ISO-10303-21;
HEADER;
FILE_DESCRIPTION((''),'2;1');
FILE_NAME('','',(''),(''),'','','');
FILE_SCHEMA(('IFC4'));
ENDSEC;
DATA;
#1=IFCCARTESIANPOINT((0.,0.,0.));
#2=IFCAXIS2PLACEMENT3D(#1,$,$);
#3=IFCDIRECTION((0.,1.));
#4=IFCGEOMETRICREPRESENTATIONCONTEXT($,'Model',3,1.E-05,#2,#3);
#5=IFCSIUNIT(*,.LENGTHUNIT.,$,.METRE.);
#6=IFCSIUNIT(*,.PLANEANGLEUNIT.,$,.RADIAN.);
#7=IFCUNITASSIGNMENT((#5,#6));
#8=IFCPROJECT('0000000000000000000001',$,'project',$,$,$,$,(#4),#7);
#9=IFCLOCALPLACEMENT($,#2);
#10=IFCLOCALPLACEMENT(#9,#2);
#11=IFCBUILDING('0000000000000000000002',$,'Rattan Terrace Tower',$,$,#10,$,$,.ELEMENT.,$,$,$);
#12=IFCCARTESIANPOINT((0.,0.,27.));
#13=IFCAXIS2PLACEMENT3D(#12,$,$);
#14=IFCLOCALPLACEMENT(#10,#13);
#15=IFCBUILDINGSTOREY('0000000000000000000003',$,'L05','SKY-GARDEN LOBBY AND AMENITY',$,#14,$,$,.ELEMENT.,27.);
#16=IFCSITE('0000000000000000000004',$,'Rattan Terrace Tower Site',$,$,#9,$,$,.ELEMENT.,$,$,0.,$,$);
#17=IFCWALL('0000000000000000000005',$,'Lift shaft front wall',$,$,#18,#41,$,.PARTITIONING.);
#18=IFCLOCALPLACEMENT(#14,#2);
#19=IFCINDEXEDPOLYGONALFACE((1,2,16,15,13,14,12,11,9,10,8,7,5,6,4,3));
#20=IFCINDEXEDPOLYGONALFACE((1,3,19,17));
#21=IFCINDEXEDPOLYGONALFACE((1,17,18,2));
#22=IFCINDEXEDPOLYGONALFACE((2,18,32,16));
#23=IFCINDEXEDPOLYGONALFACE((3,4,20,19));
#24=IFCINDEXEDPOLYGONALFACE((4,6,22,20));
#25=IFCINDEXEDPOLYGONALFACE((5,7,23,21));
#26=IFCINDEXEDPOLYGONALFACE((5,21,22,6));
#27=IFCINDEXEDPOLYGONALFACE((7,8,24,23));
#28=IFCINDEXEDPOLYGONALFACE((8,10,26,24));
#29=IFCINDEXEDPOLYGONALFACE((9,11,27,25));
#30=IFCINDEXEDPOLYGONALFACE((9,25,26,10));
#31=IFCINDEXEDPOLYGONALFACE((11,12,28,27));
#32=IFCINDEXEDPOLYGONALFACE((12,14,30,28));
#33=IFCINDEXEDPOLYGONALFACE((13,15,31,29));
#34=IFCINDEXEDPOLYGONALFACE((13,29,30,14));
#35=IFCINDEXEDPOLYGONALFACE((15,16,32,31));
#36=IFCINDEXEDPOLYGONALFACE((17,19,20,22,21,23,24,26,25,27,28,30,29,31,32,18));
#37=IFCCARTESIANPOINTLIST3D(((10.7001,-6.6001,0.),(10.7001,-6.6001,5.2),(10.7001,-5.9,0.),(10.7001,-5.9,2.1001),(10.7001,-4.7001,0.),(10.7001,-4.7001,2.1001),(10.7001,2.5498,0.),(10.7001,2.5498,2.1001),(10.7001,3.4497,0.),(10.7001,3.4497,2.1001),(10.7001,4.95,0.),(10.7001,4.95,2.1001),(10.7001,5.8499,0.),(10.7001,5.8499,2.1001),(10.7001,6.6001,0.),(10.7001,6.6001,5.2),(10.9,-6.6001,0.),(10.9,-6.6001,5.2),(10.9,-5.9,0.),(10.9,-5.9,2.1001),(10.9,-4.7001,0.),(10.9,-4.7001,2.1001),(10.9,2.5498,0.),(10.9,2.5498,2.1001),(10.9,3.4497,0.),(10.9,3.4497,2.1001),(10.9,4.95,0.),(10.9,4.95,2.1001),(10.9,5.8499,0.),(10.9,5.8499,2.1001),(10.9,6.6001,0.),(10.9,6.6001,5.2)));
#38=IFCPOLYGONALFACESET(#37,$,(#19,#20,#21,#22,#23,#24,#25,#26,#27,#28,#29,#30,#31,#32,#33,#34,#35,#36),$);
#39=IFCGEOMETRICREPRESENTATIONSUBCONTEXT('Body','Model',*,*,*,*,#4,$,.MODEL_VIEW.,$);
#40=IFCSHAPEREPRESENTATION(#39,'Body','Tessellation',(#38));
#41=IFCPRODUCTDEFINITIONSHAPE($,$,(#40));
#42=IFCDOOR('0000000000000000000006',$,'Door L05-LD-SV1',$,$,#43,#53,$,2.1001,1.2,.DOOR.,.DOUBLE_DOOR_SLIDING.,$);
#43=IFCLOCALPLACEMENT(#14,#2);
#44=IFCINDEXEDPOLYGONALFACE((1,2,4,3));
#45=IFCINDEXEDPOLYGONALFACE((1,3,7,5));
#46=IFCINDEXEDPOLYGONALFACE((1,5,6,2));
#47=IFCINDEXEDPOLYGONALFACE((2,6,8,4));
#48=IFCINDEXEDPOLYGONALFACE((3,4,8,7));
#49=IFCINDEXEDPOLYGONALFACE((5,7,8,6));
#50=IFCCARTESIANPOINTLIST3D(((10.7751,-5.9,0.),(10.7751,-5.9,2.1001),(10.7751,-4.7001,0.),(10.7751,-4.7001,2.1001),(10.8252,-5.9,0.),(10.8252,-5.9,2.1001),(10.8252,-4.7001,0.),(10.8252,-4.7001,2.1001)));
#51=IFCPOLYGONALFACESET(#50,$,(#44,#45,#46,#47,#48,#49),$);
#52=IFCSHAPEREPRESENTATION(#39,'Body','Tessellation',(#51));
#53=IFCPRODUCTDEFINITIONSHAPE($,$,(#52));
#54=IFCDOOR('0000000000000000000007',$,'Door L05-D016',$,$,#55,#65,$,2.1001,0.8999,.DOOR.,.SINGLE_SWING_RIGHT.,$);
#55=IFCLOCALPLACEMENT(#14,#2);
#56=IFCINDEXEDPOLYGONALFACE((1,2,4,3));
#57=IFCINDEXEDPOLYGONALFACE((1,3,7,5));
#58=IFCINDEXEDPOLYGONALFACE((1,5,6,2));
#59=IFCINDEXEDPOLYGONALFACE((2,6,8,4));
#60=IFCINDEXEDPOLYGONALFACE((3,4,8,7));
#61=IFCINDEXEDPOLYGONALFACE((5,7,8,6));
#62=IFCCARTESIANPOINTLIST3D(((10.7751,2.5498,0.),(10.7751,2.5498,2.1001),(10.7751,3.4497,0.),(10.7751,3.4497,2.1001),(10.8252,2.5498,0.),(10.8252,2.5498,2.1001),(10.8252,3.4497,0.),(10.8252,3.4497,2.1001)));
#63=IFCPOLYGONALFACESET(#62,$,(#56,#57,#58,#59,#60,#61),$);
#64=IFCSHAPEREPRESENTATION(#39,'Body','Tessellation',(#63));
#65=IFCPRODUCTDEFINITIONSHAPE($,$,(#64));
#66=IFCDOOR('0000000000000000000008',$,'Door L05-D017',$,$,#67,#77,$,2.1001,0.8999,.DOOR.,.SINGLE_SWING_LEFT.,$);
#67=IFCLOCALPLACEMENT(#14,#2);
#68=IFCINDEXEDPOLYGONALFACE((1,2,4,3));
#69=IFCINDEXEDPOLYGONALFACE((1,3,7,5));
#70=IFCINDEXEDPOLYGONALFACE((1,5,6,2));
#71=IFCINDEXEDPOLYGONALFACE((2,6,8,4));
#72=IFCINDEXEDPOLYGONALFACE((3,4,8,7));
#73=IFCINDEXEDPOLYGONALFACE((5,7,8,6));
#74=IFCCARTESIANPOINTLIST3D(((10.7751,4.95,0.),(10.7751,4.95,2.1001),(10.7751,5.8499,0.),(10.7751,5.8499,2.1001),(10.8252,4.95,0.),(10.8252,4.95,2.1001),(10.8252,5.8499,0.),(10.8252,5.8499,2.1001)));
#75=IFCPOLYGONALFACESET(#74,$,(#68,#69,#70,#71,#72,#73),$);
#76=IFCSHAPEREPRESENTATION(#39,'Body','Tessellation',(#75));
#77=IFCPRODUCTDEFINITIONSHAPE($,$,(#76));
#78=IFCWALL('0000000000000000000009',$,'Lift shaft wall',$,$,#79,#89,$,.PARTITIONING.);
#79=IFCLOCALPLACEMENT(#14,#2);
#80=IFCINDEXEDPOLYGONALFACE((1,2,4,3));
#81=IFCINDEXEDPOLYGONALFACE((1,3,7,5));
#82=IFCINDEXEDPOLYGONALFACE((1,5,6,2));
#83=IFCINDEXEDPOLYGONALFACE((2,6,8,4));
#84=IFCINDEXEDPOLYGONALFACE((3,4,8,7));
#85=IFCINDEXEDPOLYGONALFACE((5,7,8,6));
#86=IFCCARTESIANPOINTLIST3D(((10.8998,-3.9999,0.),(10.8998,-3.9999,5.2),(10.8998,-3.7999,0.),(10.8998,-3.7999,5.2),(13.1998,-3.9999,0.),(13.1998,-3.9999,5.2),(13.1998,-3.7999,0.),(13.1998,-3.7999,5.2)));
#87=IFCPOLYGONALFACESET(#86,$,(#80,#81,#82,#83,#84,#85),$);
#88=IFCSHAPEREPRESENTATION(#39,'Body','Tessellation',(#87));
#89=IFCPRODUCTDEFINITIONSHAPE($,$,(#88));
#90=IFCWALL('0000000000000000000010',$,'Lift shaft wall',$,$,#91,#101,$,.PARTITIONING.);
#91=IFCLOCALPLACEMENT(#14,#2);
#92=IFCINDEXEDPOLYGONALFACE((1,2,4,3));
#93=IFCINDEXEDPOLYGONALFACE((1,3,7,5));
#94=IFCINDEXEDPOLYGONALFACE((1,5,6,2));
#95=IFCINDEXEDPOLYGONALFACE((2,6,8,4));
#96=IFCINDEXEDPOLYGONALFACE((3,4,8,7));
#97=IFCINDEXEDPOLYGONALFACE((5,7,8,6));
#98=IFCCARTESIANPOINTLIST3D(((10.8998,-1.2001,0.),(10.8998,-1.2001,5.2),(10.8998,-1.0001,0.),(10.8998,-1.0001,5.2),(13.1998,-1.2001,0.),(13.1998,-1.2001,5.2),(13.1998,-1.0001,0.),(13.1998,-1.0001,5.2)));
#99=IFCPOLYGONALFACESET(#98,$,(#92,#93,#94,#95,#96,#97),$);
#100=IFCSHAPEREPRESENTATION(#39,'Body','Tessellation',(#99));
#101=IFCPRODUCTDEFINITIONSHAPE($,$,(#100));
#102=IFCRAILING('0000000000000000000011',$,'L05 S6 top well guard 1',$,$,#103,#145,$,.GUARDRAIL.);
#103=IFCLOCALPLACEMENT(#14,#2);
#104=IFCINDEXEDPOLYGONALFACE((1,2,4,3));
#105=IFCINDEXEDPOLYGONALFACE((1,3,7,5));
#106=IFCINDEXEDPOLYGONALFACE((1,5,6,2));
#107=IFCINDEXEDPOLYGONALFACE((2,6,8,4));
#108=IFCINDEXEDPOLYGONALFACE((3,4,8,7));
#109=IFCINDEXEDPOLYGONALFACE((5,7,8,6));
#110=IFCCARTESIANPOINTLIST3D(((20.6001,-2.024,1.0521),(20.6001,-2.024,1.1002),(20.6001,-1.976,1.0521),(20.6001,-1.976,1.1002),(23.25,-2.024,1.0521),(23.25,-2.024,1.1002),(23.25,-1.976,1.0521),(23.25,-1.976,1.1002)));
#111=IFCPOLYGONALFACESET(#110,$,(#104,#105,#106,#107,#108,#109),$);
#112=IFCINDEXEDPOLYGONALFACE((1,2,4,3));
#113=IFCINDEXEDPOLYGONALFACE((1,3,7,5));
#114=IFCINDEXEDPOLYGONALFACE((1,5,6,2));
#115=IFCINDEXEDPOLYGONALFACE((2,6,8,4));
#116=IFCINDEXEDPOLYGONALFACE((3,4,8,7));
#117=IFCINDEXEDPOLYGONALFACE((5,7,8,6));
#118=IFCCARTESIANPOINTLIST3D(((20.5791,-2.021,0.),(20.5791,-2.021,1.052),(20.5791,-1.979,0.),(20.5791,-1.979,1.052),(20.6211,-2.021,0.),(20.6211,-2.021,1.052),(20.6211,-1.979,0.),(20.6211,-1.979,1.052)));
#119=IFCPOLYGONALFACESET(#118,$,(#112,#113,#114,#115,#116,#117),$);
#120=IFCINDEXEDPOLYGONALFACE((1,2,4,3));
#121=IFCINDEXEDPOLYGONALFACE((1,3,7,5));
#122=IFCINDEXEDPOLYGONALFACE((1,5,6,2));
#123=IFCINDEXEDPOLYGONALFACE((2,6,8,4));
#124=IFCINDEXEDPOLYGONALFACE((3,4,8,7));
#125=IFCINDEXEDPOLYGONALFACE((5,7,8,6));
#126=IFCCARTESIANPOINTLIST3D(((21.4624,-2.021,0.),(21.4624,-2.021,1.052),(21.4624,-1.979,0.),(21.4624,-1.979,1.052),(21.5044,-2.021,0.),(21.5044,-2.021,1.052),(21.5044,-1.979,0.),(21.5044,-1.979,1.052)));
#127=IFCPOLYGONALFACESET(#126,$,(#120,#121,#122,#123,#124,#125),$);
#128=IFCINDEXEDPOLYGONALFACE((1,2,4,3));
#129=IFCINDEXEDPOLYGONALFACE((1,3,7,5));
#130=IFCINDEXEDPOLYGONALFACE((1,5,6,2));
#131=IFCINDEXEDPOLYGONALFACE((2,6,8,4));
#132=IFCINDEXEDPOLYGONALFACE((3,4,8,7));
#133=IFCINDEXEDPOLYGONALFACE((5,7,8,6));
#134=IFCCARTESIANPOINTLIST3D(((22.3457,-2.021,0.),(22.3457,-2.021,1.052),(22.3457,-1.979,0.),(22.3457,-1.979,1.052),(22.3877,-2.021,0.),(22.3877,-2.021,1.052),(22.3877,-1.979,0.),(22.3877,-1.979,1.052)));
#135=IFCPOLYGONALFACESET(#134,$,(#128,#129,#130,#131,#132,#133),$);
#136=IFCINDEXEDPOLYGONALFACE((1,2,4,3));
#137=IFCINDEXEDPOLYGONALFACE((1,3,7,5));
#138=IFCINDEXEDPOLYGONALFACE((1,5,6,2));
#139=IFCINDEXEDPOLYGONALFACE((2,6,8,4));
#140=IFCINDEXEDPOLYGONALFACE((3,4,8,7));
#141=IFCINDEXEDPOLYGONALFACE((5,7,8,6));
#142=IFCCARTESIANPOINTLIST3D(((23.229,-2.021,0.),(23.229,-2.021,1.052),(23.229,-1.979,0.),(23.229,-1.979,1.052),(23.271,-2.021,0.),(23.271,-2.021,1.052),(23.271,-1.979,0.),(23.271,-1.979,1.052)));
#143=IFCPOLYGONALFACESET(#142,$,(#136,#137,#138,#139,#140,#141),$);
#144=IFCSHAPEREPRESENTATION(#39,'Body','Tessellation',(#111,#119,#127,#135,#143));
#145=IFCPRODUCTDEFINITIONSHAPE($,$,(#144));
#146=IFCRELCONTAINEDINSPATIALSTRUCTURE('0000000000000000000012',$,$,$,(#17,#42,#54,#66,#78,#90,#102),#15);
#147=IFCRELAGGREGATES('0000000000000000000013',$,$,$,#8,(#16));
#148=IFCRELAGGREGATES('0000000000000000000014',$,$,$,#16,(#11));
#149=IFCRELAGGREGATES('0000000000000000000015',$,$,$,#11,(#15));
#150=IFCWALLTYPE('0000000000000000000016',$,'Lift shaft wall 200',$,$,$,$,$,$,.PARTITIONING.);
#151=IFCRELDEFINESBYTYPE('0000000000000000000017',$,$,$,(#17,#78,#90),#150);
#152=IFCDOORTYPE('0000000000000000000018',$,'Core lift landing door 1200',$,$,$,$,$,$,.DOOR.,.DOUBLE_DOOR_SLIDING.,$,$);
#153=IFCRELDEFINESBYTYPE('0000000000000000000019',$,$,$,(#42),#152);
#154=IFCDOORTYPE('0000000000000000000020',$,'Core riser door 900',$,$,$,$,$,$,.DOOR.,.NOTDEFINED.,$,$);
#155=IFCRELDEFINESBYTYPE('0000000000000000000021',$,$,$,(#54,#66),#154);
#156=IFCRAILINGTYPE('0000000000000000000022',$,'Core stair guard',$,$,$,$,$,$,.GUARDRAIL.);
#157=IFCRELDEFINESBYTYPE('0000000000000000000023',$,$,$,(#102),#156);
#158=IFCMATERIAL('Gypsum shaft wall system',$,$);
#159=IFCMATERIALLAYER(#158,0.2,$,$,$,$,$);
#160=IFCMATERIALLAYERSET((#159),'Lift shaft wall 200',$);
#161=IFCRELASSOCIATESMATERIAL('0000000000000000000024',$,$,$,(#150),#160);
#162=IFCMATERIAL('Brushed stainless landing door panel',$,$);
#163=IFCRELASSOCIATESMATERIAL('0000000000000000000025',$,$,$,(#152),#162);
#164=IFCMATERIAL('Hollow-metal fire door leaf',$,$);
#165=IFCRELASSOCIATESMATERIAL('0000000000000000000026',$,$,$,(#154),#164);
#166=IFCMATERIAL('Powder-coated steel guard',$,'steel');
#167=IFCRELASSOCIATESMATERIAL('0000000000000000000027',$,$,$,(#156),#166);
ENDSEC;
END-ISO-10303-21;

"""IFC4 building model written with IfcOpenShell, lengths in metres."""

from ifc_helpers import new_model, si_unit, direction, frame, frame_2d, origin, origin_2d, place, context, subcontext, project, spatial, rectangle, extrude, material, layer, layer_set, type_object, element, fill, save


model = new_model("IFC4")

# Units and contexts
model_context = context("Model", 3, precision=1e-05, world=origin(), true_north=direction((0.0, 1.0)))
body_context = subcontext(model_context, "Body", "Model", "MODEL_VIEW")
ifc_project = project(units=[si_unit("LENGTHUNIT", "METRE"), si_unit("PLANEANGLEUNIT", "RADIAN")], contexts=[model_context])

# Site, building, storey
site_placement = place(None, origin())
site = spatial("IfcSite", under=ifc_project, at=site_placement, Name="Rattan Terrace Tower Site", CompositionType="ELEMENT", RefElevation=0.0)
building_placement = place(site_placement, origin())
building = spatial("IfcBuilding", under=site, at=building_placement, Name="Rattan Terrace Tower", CompositionType="ELEMENT")
storey_placement = place(building_placement, frame((0.0, 0.0, 27.0)))
storey = spatial("IfcBuildingStorey", under=building, at=storey_placement, Name="L05", Description="SKY-GARDEN LOBBY AND AMENITY", CompositionType="ELEMENT", Elevation=27.0)

# Shared definitions
ifc_material_1 = material(Name="Gypsum shaft wall system")
ifc_layer_1 = layer(ifc_material_1, 0.2)
ifc_layer_set_1 = layer_set([ifc_layer_1], Name="Lift shaft wall 200")
wall_type_1 = type_object("IfcWallType", Name="Lift shaft wall 200", PredefinedType="PARTITIONING", material=ifc_layer_set_1)

# Wall, openings, doors
wall_1_placement = place(storey_placement, frame((10.8, -6.6001, 0.0), z_axis=(0.0, 0.0, 1.0), x_axis=(0.0, 1.0, 0.0)))
wall_1 = element("IfcWall", 1, at=wall_1_placement, inside=storey, type_object=wall_type_1, Name="Lift shaft front wall", PredefinedType="PARTITIONING", context=body_context, shape_type="SweptSolid", body=[
    extrude(rectangle(XDim=13.2002, YDim=0.2, at=frame_2d((6.6001, 0.0))), origin(), (0.0, 0.0, 1.0), 5.2),
])
opening_1_placement = place(wall_1_placement, frame((0.7, 0.0, 0.0)))
opening_1 = element("IfcOpeningElement", 2, at=opening_1_placement, cuts=wall_1, PredefinedType="OPENING", context=body_context, shape_type="SweptSolid", body=[
    extrude(rectangle(XDim=1.2, YDim=2.1001, at=frame_2d((0.6001, 1.05))), frame((0.0, 0.1106, 0.0), z_axis=(0.0, -1.0, 0.0), x_axis=(1.0, 0.0, 0.0)), (0.0, 0.0, 1.0), 0.2209),
])
opening_2_placement = place(wall_1_placement, frame((9.1499, 0.0, 0.0)))
opening_2 = element("IfcOpeningElement", 3, at=opening_2_placement, cuts=wall_1, PredefinedType="OPENING", context=body_context, shape_type="SweptSolid", body=[
    extrude(rectangle(XDim=0.8999, YDim=2.1001, at=frame_2d((0.45, 1.05))), frame((0.0, 0.1106, 0.0), z_axis=(0.0, -1.0, 0.0), x_axis=(1.0, 0.0, 0.0)), (0.0, 0.0, 1.0), 0.2209),
])
opening_3_placement = place(wall_1_placement, frame((11.55, 0.0, 0.0)))
opening_3 = element("IfcOpeningElement", 4, at=opening_3_placement, cuts=wall_1, PredefinedType="OPENING", context=body_context, shape_type="SweptSolid", body=[
    extrude(rectangle(XDim=0.8999, YDim=2.1001, at=frame_2d((0.45, 1.05))), frame((0.0, 0.1106, 0.0), z_axis=(0.0, -1.0, 0.0), x_axis=(1.0, 0.0, 0.0)), (0.0, 0.0, 1.0), 0.2209),
])
ifc_material_2 = material(Name="Brushed stainless landing door panel")
door_type_1 = type_object("IfcDoorType", Name="Core lift landing door 1200", OperationType="DOUBLE_DOOR_SLIDING", PredefinedType="DOOR", material=ifc_material_2)
door_1_placement = place(opening_1_placement, origin())
door_1 = element("IfcDoor", 5, at=door_1_placement, inside=storey, type_object=door_type_1, Name="Door L05-LD-SV1", OperationType="DOUBLE_DOOR_SLIDING", OverallHeight=2.1001, OverallWidth=1.2, PredefinedType="DOOR", context=body_context, shape_type="SweptSolid", body=[
    extrude(rectangle(XDim=1.2, YDim=2.1001, at=frame_2d((0.6001, 1.05))), frame((0.0, 0.0249, 0.0), z_axis=(0.0, -1.0, 0.0), x_axis=(1.0, 0.0, 0.0)), (0.0, 0.0, 1.0), 0.05),
])
fill(opening_1, door_1)
ifc_material_3 = material(Name="Hollow-metal fire door leaf")
door_type_2 = type_object("IfcDoorType", Name="Core riser door 900", OperationType="NOTDEFINED", PredefinedType="DOOR", material=ifc_material_3)
door_2_placement = place(opening_2_placement, origin())
door_2 = element("IfcDoor", 6, at=door_2_placement, inside=storey, type_object=door_type_2, Name="Door L05-D016", OperationType="SINGLE_SWING_RIGHT", OverallHeight=2.1001, OverallWidth=0.8999, PredefinedType="DOOR", context=body_context, shape_type="SweptSolid", body=[
    extrude(rectangle(XDim=0.8999, YDim=2.1001, at=frame_2d((0.45, 1.05))), frame((0.0, 0.0249, 0.0), z_axis=(0.0, -1.0, 0.0), x_axis=(1.0, 0.0, 0.0)), (0.0, 0.0, 1.0), 0.05),
])
fill(opening_2, door_2)
door_3_placement = place(opening_3_placement, origin())
door_3 = element("IfcDoor", 7, at=door_3_placement, inside=storey, type_object=door_type_2, Name="Door L05-D017", OperationType="SINGLE_SWING_LEFT", OverallHeight=2.1001, OverallWidth=0.8999, PredefinedType="DOOR", context=body_context, shape_type="SweptSolid", body=[
    extrude(rectangle(XDim=0.8999, YDim=2.1001, at=frame_2d((0.45, 1.05))), frame((0.0, 0.0249, 0.0), z_axis=(0.0, -1.0, 0.0), x_axis=(1.0, 0.0, 0.0)), (0.0, 0.0, 1.0), 0.05),
])
fill(opening_3, door_3)

# Walls
for number, where, z_axis, x_axis, name in (
    (8, (10.8999, -3.8999, 0.0), (0.0, 0.0, 1.0), (1.0, 0.0, 0.0), "Lift shaft wall"),
    (9, (10.8999, -1.1001, 0.0), (0.0, 0.0, 1.0), (1.0, 0.0, 0.0), "Lift shaft wall"),
):
    element("IfcWall", number, at=place(storey_placement, frame(where, z_axis=z_axis, x_axis=x_axis)), inside=storey, type_object=wall_type_1, Name=name, PredefinedType="PARTITIONING", context=body_context, shape_type="SweptSolid", body=[
        extrude(rectangle(XDim=2.3, YDim=0.2, at=frame_2d((1.1499, 0.0))), origin(), (0.0, 0.0, 1.0), 5.2),
    ])

# Railing
ifc_material_4 = material(Name="Powder-coated steel guard", Category="steel")
railing_type = type_object("IfcRailingType", Name="Core stair guard", PredefinedType="GUARDRAIL", material=ifc_material_4)
railing_placement = place(storey_placement, frame((20.6001, -2.0, 0.0)))
element("IfcRailing", 10, at=railing_placement, inside=storey, type_object=railing_type, Name="L05 S6 top well guard 1", PredefinedType="GUARDRAIL", context=body_context, shape_type="SweptSolid", body=[
    extrude(rectangle(XDim=0.0481, YDim=0.0481, at=origin_2d()), frame((0.0, 0.0, 1.0762), z_axis=(1.0, 0.0, 0.0), x_axis=(0.0, 1.0, 0.0)), (0.0, 0.0, 1.0), 2.6499),
    extrude(rectangle(XDim=0.042, YDim=0.042, at=origin_2d()), origin(), (0.0, 0.0, 1.0), 1.052),
    extrude(rectangle(XDim=0.042, YDim=0.042, at=origin_2d()), frame((0.8833, 0.0, 0.0)), (0.0, 0.0, 1.0), 1.052),
    extrude(rectangle(XDim=0.042, YDim=0.042, at=origin_2d()), frame((1.7666, 0.0, 0.0)), (0.0, 0.0, 1.0), 1.052),
    extrude(rectangle(XDim=0.042, YDim=0.042, at=origin_2d()), frame((2.6499, 0.0, 0.0)), (0.0, 0.0, 1.0), 1.052),
])

save(model, "model.ifc")
